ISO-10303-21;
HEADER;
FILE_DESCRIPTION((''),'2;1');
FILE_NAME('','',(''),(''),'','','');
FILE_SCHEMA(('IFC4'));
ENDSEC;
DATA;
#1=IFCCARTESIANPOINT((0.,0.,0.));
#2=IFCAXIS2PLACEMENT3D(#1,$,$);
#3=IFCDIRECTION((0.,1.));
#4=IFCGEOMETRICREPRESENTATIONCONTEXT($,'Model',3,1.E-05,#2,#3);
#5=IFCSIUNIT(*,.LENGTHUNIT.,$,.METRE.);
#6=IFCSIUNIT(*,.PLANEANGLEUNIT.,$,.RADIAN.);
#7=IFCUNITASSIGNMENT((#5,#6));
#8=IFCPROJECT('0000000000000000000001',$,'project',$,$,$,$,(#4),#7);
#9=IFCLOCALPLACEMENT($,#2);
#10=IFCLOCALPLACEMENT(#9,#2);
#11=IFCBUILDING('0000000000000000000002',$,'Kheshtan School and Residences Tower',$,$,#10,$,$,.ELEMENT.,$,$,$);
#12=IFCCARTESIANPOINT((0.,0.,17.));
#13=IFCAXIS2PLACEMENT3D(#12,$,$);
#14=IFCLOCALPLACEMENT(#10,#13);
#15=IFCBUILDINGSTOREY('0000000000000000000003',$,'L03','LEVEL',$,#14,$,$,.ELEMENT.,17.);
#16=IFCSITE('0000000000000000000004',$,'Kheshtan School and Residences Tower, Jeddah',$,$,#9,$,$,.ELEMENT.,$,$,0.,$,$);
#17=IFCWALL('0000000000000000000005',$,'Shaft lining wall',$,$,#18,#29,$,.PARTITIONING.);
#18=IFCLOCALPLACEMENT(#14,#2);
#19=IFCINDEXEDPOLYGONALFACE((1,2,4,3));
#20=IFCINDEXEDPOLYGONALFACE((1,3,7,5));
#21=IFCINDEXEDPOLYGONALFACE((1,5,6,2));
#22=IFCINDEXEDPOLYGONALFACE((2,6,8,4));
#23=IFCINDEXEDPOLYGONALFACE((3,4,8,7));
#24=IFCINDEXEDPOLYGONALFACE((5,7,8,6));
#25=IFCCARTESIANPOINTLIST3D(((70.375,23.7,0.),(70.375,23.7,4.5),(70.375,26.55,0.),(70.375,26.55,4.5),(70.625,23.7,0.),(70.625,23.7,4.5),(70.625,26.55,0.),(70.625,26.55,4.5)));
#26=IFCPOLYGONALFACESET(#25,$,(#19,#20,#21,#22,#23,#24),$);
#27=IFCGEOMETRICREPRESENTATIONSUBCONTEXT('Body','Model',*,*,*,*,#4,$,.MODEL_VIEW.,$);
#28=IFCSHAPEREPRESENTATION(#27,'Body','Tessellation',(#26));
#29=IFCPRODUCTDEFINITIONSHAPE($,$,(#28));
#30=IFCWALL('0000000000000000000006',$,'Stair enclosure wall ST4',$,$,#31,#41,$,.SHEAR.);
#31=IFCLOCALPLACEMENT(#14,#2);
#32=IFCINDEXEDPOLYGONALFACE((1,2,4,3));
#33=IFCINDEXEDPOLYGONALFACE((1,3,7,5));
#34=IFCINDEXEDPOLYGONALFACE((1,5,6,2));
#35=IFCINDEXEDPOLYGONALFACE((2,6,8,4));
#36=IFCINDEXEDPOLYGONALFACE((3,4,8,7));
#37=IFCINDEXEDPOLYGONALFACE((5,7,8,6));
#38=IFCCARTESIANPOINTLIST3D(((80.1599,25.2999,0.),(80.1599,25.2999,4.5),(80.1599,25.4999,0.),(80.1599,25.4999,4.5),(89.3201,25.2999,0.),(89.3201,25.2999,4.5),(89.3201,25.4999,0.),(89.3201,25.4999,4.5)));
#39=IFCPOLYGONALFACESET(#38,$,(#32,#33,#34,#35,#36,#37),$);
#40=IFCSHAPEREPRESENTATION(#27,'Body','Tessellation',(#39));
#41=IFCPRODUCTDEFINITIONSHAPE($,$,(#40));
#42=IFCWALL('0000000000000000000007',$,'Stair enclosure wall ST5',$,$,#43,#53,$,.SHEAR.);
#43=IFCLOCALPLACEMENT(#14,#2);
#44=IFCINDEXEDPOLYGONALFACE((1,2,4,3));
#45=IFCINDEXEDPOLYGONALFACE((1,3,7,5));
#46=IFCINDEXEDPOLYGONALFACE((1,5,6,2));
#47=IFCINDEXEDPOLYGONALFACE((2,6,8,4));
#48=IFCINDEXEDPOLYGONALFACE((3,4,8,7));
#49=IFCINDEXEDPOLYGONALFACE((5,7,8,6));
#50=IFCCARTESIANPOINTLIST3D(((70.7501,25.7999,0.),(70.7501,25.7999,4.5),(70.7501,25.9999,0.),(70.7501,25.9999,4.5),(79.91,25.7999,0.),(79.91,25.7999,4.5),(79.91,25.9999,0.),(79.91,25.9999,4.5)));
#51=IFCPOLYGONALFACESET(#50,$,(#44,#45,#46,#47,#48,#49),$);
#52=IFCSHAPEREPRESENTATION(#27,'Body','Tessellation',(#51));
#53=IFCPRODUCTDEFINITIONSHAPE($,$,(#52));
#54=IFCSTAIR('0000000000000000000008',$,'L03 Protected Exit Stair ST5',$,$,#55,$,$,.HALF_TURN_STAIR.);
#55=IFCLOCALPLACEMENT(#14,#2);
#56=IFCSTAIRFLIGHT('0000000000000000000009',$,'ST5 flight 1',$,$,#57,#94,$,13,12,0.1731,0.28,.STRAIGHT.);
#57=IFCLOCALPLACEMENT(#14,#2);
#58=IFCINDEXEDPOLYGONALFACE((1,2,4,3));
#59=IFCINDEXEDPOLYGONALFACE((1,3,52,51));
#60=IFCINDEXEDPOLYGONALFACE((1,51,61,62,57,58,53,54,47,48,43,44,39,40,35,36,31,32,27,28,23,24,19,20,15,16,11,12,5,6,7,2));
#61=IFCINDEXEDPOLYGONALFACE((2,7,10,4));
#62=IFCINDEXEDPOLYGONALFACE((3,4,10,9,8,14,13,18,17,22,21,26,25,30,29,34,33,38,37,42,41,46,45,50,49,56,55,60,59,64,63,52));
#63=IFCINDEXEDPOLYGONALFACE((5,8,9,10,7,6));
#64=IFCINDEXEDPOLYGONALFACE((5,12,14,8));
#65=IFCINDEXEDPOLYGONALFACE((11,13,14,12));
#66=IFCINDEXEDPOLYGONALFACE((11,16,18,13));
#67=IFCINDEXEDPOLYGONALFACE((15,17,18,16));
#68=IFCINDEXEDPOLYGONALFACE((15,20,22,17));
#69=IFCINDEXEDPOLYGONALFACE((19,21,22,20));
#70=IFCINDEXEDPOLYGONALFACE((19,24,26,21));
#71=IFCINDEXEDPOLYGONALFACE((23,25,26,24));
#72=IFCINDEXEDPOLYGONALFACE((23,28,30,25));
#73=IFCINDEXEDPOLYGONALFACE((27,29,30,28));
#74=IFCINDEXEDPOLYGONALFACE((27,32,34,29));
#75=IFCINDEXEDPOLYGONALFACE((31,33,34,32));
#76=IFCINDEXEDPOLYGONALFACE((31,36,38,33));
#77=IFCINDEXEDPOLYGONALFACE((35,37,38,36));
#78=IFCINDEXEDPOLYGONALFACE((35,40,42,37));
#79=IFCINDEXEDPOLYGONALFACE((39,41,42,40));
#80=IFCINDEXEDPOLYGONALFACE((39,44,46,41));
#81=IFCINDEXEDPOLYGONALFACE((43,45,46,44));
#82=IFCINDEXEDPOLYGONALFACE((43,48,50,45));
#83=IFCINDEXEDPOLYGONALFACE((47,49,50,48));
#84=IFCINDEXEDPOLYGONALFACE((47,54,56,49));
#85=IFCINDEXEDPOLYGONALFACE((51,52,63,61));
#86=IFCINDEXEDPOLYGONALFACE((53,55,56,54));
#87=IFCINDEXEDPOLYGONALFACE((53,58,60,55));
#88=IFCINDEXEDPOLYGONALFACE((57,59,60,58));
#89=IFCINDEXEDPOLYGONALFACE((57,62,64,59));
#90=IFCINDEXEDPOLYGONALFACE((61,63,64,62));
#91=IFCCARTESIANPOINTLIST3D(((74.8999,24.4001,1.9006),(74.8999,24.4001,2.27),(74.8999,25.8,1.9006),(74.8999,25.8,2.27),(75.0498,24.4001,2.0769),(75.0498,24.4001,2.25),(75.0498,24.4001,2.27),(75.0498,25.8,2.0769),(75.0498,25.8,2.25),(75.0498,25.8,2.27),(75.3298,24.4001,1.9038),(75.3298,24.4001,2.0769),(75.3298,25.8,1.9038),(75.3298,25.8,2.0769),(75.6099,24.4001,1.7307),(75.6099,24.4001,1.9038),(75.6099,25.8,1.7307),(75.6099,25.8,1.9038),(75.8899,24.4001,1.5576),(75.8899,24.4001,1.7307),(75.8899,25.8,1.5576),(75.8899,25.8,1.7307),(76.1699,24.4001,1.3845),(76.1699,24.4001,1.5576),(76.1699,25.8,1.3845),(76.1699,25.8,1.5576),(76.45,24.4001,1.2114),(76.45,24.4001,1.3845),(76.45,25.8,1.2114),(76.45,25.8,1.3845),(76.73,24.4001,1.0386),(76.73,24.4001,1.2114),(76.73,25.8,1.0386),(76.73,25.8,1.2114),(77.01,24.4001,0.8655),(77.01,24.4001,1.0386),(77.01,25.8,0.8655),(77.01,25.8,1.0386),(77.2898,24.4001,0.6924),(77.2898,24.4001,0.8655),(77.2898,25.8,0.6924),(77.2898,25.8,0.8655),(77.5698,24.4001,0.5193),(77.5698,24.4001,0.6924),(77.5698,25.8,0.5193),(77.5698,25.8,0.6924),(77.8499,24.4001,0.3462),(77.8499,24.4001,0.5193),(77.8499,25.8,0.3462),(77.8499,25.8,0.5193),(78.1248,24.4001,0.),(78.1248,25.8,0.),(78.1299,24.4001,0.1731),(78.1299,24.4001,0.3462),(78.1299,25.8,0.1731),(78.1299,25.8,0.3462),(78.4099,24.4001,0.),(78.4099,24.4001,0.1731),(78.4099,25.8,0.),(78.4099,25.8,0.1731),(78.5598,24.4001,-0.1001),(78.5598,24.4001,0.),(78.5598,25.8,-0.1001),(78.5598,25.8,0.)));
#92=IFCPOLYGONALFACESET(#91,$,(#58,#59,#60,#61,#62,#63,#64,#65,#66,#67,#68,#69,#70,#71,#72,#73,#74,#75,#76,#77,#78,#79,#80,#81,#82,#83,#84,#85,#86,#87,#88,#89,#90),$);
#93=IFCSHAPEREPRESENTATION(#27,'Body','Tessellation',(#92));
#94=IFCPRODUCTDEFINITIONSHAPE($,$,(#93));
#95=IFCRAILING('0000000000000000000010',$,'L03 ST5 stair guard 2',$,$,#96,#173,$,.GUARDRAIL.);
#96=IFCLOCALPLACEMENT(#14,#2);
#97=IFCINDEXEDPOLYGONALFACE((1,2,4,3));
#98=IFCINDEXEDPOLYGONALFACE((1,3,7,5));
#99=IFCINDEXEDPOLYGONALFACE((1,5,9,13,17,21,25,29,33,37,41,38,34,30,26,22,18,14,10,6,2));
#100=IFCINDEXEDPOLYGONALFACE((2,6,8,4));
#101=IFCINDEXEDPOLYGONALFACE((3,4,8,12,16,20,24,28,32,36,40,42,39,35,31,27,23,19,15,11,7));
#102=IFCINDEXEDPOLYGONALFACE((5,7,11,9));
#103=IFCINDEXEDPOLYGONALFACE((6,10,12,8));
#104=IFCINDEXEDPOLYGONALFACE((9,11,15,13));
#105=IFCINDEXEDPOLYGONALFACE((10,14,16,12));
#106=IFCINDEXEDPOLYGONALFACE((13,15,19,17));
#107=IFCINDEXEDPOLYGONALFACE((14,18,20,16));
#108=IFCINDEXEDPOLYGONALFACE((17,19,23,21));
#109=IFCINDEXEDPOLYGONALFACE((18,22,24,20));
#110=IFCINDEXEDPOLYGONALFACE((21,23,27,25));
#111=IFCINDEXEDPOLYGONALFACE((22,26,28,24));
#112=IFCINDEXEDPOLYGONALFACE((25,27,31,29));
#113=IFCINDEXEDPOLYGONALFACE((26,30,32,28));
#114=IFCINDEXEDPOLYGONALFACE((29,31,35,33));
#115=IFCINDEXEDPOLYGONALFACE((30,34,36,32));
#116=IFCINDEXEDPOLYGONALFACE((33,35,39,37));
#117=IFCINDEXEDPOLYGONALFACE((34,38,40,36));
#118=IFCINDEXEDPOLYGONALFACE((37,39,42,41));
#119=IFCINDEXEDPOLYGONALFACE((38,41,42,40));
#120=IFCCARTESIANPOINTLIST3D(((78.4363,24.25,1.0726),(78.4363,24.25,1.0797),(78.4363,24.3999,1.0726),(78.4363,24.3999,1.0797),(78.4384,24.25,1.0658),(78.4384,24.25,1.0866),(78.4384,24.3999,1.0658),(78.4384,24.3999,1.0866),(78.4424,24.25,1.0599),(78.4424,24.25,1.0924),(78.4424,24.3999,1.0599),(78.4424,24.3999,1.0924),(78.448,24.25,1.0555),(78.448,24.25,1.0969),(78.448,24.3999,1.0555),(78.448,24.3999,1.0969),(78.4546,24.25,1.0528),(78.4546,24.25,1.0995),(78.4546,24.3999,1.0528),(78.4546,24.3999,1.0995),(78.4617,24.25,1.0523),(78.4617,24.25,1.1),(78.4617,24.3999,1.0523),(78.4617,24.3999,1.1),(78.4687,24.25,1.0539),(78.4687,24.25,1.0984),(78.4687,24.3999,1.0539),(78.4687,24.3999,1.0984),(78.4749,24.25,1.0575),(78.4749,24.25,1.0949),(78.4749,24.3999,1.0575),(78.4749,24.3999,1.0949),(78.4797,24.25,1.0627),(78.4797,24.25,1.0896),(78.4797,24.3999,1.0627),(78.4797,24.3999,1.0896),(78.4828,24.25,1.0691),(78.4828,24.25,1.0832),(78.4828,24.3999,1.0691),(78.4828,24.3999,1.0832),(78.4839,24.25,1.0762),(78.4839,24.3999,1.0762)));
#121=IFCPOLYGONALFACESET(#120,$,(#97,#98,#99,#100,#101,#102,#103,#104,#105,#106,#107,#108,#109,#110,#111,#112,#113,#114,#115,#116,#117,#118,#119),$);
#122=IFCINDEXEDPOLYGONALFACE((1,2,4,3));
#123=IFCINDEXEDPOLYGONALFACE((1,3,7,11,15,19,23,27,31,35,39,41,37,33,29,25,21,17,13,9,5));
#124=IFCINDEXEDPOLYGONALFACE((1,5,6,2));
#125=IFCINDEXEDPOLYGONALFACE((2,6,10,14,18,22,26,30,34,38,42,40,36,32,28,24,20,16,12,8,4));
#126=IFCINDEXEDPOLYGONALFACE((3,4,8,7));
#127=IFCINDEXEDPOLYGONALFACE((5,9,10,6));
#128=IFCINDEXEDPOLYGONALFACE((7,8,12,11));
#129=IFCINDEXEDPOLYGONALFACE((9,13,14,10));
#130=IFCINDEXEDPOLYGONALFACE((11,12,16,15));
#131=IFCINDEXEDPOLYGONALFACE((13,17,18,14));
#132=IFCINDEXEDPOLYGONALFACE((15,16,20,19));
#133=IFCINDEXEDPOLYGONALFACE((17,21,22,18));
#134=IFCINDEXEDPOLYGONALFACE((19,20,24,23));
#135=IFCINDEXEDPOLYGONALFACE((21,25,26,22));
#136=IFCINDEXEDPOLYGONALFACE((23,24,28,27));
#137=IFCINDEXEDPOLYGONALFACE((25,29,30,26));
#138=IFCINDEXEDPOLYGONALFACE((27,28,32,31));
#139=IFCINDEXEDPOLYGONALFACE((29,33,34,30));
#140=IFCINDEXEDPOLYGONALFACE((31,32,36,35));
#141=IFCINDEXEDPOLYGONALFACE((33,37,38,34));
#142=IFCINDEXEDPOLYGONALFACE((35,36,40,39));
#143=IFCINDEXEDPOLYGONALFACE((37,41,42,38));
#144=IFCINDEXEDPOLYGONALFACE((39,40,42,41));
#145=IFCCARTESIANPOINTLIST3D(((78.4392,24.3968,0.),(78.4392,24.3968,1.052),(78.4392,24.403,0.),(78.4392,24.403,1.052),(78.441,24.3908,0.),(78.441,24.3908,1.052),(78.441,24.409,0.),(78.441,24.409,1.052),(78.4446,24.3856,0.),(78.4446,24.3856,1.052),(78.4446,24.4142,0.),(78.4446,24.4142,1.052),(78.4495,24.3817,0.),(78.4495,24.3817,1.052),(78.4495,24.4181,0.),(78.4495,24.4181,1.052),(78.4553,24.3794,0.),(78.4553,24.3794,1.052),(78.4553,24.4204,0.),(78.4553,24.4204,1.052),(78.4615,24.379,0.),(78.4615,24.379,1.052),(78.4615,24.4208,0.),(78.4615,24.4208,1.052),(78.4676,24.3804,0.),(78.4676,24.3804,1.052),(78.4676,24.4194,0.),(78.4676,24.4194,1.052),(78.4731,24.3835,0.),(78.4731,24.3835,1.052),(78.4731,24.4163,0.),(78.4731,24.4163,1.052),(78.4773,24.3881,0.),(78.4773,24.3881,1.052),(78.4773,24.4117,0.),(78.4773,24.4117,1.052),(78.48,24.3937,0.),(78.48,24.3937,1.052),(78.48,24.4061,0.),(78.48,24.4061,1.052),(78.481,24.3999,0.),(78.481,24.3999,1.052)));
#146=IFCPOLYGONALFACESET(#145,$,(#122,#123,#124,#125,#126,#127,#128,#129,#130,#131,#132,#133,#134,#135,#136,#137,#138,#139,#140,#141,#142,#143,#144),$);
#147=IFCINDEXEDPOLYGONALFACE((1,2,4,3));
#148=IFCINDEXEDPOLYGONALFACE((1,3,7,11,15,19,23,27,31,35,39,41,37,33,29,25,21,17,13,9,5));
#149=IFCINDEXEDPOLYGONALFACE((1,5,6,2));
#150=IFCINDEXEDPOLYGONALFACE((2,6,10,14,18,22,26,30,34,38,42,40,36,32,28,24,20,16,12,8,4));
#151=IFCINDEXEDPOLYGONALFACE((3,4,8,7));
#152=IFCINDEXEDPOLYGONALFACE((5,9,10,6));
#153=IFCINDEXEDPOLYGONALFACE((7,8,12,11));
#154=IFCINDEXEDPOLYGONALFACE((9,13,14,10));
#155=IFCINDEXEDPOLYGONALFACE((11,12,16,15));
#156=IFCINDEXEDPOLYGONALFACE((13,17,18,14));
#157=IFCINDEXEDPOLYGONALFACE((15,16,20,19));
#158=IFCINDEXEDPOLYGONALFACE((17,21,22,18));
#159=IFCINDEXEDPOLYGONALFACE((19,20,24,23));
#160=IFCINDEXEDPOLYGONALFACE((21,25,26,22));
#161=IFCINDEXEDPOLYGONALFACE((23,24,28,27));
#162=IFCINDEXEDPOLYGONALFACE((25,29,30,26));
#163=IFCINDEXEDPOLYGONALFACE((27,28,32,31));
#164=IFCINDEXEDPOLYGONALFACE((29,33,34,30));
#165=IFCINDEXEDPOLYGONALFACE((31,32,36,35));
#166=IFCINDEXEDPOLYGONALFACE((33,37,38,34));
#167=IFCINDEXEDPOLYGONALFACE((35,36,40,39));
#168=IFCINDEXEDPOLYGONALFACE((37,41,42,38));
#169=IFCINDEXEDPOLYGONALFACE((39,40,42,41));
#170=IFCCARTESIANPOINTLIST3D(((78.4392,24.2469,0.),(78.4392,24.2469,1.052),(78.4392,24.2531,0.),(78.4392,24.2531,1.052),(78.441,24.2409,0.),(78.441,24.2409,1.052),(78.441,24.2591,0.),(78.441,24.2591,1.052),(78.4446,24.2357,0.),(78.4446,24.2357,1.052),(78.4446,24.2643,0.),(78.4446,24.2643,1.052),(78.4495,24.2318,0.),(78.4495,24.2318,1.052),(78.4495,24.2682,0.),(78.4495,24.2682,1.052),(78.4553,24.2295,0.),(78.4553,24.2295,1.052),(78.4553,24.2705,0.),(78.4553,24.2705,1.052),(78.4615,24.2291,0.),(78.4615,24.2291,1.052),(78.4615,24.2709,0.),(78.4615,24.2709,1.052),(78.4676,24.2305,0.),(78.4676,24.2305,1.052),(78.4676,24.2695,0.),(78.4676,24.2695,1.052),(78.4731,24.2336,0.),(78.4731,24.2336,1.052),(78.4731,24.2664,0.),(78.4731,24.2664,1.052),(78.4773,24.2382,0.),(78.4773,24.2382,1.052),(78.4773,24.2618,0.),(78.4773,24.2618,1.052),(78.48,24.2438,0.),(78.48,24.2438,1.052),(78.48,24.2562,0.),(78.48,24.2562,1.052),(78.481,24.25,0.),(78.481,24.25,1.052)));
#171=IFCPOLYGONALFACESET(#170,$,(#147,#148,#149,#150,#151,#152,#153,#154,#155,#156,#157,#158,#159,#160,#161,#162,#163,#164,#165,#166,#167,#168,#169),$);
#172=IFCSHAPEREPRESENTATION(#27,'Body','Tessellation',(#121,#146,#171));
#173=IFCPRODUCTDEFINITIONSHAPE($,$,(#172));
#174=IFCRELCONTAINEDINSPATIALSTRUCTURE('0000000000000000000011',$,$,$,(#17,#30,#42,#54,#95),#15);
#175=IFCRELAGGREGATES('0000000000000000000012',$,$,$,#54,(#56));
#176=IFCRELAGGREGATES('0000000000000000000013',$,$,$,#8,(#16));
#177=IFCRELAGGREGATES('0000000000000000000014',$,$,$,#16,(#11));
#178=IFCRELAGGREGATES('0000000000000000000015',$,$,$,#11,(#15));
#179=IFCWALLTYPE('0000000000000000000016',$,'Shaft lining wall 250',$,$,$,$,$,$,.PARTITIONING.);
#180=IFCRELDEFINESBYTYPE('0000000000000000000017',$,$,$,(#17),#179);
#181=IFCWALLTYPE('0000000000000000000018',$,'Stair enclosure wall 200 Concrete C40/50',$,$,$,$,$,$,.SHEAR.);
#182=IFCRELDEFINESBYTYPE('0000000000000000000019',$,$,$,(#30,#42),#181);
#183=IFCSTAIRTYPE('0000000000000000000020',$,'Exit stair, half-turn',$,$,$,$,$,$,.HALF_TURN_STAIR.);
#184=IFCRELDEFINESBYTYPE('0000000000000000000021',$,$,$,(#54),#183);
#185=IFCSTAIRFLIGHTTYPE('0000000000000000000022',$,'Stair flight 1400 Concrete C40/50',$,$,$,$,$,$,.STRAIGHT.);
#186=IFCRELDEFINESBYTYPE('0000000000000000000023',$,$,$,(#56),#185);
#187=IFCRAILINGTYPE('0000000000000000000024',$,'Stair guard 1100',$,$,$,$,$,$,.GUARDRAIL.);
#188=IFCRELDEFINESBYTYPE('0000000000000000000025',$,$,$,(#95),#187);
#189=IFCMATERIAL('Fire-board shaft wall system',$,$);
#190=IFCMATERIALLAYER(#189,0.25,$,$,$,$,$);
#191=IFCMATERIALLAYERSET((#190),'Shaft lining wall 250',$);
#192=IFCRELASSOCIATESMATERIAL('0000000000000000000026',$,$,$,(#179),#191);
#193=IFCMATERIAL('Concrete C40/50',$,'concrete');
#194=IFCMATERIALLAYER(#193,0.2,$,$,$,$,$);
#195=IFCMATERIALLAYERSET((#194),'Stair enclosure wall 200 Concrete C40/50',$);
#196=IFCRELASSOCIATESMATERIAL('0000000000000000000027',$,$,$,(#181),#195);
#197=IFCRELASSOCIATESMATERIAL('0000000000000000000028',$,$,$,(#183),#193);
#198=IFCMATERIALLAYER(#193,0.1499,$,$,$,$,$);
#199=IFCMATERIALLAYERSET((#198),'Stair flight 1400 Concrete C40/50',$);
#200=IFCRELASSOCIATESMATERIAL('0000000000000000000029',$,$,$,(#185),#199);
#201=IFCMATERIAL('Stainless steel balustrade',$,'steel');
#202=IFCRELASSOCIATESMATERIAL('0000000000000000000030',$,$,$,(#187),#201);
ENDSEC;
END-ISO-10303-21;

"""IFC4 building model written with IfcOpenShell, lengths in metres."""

from ifc_helpers import new_model, si_unit, direction, frame, frame_2d, origin, origin_2d, place, context, subcontext, project, spatial, polyline, rectangle, circle, outline, extrude, material, layer, layer_set, type_object, element, aggregate, save


model = new_model("IFC4")

# Units and contexts
model_context = context("Model", 3, precision=1e-05, world=origin(), true_north=direction((0.0, 1.0)))
body_context = subcontext(model_context, "Body", "Model", "MODEL_VIEW")
ifc_project = project(units=[si_unit("LENGTHUNIT", "METRE"), si_unit("PLANEANGLEUNIT", "RADIAN")], contexts=[model_context])

# Site, building, storey
site_placement = place(None, origin())
site = spatial("IfcSite", under=ifc_project, at=site_placement, Name="Kheshtan School and Residences Tower, Jeddah", CompositionType="ELEMENT", RefElevation=0.0)
building_placement = place(site_placement, origin())
building = spatial("IfcBuilding", under=site, at=building_placement, Name="Kheshtan School and Residences Tower", CompositionType="ELEMENT")
storey_placement = place(building_placement, frame((0.0, 0.0, 17.0)))
storey = spatial("IfcBuildingStorey", under=building, at=storey_placement, Name="L03", Description="LEVEL", CompositionType="ELEMENT", Elevation=17.0)

# Walls
ifc_material_1 = material(Name="Fire-board shaft wall system")
ifc_layer_1 = layer(ifc_material_1, 0.25)
ifc_layer_set_1 = layer_set([ifc_layer_1], Name="Shaft lining wall 250")
wall_type_1 = type_object("IfcWallType", Name="Shaft lining wall 250", PredefinedType="PARTITIONING", material=ifc_layer_set_1)
wall_1_placement = place(storey_placement, frame((70.5, 23.7, 0.0), z_axis=(0.0, 0.0, 1.0), x_axis=(0.0, 1.0, 0.0)))
element("IfcWall", 1, at=wall_1_placement, inside=storey, type_object=wall_type_1, Name="Shaft lining wall", PredefinedType="PARTITIONING", context=body_context, shape_type="SweptSolid", body=[
    extrude(rectangle(XDim=2.8501, YDim=0.25, at=frame_2d((1.425, 0.0))), origin(), (0.0, 0.0, 1.0), 4.5),
])
ifc_material_2 = material(Name="Concrete C40/50", Category="concrete")
ifc_layer_2 = layer(ifc_material_2, 0.2)
ifc_layer_set_2 = layer_set([ifc_layer_2], Name="Stair enclosure wall 200 Concrete C40/50")
wall_type_2 = type_object("IfcWallType", Name="Stair enclosure wall 200 Concrete C40/50", PredefinedType="SHEAR", material=ifc_layer_set_2)
wall_2_placement = place(storey_placement, frame((80.1599, 25.3999, 0.0), z_axis=(0.0, 0.0, 1.0), x_axis=(1.0, 0.0, 0.0)))
element("IfcWall", 2, at=wall_2_placement, inside=storey, type_object=wall_type_2, Name="Stair enclosure wall ST4", PredefinedType="SHEAR", context=body_context, shape_type="SweptSolid", body=[
    extrude(rectangle(XDim=9.1602, YDim=0.2, at=frame_2d((4.5801, 0.0))), origin(), (0.0, 0.0, 1.0), 4.5),
])
wall_3_placement = place(storey_placement, frame((70.75, 25.8999, 0.0), z_axis=(0.0, 0.0, 1.0), x_axis=(1.0, 0.0, 0.0)))
element("IfcWall", 3, at=wall_3_placement, inside=storey, type_object=wall_type_2, Name="Stair enclosure wall ST5", PredefinedType="SHEAR", context=body_context, shape_type="SweptSolid", body=[
    extrude(rectangle(XDim=9.1599, YDim=0.2, at=frame_2d((4.5801, 0.0))), origin(), (0.0, 0.0, 1.0), 4.5),
])

# Stair, stair flight
stair_type = type_object("IfcStairType", Name="Exit stair, half-turn", PredefinedType="HALF_TURN_STAIR", material=ifc_material_2)
stair_placement = place(storey_placement, origin())
stair = element("IfcStair", 4, at=stair_placement, inside=storey, type_object=stair_type, Name="L03 Protected Exit Stair ST5", PredefinedType="HALF_TURN_STAIR")
ifc_layer_3 = layer(ifc_material_2, 0.1499)
ifc_layer_set_3 = layer_set([ifc_layer_3], Name="Stair flight 1400 Concrete C40/50")
stair_flight_type = type_object("IfcStairFlightType", Name="Stair flight 1400 Concrete C40/50", PredefinedType="STRAIGHT", material=ifc_layer_set_3)
stair_flight_placement = place(storey_placement, frame((78.4099, 25.1001, 0.0), z_axis=(0.0, 0.0, 1.0), x_axis=(-1.0, 0.0, 0.0)))
stair_flight = element("IfcStairFlight", 5, at=stair_flight_placement, type_object=stair_flight_type, Name="ST5 flight 1", NumberOfRisers=13, NumberOfTreads=12, PredefinedType="STRAIGHT", RiserHeight=0.1731, TreadLength=0.28, context=body_context, shape_type="SweptSolid", body=[
    extrude(outline(polyline([(-0.1499, -0.1001), (-0.1499, 0.0), (0.0, 0.0), (0.0, 0.1731), (0.28, 0.1731), (0.28, 0.3462), (0.5601, 0.3462), (0.5601, 0.5193), (0.8401, 0.5193), (0.8401, 0.6924), (1.1201, 0.6924), (1.1201, 0.8655), (1.3999, 0.8655), (1.3999, 1.0386), (1.6799, 1.0386), (1.6799, 1.2114), (1.96, 1.2114), (1.96, 1.3845), (2.24, 1.3845), (2.24, 1.5576), (2.52, 1.5576), (2.52, 1.7307), (2.8, 1.7307), (2.8, 1.9038), (3.0801, 1.9038), (3.0801, 2.0769), (3.3601, 2.0769), (3.3601, 2.25), (3.3601, 2.27), (3.51, 2.27), (3.51, 1.9006), (0.2852, 0.0), (-0.1499, -0.1001)])), frame((0.0, 0.7, 0.0), z_axis=(0.0, -1.0, 0.0), x_axis=(1.0, 0.0, 0.0)), (0.0, 0.0, 1.0), 1.3999),
])
aggregate(stair, [stair_flight])

# Railing
ifc_material_3 = material(Name="Stainless steel balustrade", Category="steel")
railing_type_1 = type_object("IfcRailingType", Name="Stair guard 1100", PredefinedType="GUARDRAIL", material=ifc_material_3)
railing_1_placement = place(storey_placement, frame((78.46, 24.3999, 0.0)))
element("IfcRailing", 6, at=railing_1_placement, inside=storey, type_object=railing_type_1, Name="L03 ST5 stair guard 2", PredefinedType="GUARDRAIL", context=body_context, shape_type="SweptSolid", body=[
    extrude(circle(Radius=0.0239, at=origin_2d()), frame((0.0, 0.0, 1.0762), z_axis=(0.0, -1.0, 0.0), x_axis=(1.0, 0.0, 0.0)), (0.0, 0.0, 1.0), 0.1499),
    extrude(circle(Radius=0.021, at=origin_2d()), origin(), (0.0, 0.0, 1.0), 1.052),
    extrude(circle(Radius=0.021, at=origin_2d()), frame((0.0, -0.1499, 0.0)), (0.0, 0.0, 1.0), 1.052),
])

save(model, "model.ifc")
